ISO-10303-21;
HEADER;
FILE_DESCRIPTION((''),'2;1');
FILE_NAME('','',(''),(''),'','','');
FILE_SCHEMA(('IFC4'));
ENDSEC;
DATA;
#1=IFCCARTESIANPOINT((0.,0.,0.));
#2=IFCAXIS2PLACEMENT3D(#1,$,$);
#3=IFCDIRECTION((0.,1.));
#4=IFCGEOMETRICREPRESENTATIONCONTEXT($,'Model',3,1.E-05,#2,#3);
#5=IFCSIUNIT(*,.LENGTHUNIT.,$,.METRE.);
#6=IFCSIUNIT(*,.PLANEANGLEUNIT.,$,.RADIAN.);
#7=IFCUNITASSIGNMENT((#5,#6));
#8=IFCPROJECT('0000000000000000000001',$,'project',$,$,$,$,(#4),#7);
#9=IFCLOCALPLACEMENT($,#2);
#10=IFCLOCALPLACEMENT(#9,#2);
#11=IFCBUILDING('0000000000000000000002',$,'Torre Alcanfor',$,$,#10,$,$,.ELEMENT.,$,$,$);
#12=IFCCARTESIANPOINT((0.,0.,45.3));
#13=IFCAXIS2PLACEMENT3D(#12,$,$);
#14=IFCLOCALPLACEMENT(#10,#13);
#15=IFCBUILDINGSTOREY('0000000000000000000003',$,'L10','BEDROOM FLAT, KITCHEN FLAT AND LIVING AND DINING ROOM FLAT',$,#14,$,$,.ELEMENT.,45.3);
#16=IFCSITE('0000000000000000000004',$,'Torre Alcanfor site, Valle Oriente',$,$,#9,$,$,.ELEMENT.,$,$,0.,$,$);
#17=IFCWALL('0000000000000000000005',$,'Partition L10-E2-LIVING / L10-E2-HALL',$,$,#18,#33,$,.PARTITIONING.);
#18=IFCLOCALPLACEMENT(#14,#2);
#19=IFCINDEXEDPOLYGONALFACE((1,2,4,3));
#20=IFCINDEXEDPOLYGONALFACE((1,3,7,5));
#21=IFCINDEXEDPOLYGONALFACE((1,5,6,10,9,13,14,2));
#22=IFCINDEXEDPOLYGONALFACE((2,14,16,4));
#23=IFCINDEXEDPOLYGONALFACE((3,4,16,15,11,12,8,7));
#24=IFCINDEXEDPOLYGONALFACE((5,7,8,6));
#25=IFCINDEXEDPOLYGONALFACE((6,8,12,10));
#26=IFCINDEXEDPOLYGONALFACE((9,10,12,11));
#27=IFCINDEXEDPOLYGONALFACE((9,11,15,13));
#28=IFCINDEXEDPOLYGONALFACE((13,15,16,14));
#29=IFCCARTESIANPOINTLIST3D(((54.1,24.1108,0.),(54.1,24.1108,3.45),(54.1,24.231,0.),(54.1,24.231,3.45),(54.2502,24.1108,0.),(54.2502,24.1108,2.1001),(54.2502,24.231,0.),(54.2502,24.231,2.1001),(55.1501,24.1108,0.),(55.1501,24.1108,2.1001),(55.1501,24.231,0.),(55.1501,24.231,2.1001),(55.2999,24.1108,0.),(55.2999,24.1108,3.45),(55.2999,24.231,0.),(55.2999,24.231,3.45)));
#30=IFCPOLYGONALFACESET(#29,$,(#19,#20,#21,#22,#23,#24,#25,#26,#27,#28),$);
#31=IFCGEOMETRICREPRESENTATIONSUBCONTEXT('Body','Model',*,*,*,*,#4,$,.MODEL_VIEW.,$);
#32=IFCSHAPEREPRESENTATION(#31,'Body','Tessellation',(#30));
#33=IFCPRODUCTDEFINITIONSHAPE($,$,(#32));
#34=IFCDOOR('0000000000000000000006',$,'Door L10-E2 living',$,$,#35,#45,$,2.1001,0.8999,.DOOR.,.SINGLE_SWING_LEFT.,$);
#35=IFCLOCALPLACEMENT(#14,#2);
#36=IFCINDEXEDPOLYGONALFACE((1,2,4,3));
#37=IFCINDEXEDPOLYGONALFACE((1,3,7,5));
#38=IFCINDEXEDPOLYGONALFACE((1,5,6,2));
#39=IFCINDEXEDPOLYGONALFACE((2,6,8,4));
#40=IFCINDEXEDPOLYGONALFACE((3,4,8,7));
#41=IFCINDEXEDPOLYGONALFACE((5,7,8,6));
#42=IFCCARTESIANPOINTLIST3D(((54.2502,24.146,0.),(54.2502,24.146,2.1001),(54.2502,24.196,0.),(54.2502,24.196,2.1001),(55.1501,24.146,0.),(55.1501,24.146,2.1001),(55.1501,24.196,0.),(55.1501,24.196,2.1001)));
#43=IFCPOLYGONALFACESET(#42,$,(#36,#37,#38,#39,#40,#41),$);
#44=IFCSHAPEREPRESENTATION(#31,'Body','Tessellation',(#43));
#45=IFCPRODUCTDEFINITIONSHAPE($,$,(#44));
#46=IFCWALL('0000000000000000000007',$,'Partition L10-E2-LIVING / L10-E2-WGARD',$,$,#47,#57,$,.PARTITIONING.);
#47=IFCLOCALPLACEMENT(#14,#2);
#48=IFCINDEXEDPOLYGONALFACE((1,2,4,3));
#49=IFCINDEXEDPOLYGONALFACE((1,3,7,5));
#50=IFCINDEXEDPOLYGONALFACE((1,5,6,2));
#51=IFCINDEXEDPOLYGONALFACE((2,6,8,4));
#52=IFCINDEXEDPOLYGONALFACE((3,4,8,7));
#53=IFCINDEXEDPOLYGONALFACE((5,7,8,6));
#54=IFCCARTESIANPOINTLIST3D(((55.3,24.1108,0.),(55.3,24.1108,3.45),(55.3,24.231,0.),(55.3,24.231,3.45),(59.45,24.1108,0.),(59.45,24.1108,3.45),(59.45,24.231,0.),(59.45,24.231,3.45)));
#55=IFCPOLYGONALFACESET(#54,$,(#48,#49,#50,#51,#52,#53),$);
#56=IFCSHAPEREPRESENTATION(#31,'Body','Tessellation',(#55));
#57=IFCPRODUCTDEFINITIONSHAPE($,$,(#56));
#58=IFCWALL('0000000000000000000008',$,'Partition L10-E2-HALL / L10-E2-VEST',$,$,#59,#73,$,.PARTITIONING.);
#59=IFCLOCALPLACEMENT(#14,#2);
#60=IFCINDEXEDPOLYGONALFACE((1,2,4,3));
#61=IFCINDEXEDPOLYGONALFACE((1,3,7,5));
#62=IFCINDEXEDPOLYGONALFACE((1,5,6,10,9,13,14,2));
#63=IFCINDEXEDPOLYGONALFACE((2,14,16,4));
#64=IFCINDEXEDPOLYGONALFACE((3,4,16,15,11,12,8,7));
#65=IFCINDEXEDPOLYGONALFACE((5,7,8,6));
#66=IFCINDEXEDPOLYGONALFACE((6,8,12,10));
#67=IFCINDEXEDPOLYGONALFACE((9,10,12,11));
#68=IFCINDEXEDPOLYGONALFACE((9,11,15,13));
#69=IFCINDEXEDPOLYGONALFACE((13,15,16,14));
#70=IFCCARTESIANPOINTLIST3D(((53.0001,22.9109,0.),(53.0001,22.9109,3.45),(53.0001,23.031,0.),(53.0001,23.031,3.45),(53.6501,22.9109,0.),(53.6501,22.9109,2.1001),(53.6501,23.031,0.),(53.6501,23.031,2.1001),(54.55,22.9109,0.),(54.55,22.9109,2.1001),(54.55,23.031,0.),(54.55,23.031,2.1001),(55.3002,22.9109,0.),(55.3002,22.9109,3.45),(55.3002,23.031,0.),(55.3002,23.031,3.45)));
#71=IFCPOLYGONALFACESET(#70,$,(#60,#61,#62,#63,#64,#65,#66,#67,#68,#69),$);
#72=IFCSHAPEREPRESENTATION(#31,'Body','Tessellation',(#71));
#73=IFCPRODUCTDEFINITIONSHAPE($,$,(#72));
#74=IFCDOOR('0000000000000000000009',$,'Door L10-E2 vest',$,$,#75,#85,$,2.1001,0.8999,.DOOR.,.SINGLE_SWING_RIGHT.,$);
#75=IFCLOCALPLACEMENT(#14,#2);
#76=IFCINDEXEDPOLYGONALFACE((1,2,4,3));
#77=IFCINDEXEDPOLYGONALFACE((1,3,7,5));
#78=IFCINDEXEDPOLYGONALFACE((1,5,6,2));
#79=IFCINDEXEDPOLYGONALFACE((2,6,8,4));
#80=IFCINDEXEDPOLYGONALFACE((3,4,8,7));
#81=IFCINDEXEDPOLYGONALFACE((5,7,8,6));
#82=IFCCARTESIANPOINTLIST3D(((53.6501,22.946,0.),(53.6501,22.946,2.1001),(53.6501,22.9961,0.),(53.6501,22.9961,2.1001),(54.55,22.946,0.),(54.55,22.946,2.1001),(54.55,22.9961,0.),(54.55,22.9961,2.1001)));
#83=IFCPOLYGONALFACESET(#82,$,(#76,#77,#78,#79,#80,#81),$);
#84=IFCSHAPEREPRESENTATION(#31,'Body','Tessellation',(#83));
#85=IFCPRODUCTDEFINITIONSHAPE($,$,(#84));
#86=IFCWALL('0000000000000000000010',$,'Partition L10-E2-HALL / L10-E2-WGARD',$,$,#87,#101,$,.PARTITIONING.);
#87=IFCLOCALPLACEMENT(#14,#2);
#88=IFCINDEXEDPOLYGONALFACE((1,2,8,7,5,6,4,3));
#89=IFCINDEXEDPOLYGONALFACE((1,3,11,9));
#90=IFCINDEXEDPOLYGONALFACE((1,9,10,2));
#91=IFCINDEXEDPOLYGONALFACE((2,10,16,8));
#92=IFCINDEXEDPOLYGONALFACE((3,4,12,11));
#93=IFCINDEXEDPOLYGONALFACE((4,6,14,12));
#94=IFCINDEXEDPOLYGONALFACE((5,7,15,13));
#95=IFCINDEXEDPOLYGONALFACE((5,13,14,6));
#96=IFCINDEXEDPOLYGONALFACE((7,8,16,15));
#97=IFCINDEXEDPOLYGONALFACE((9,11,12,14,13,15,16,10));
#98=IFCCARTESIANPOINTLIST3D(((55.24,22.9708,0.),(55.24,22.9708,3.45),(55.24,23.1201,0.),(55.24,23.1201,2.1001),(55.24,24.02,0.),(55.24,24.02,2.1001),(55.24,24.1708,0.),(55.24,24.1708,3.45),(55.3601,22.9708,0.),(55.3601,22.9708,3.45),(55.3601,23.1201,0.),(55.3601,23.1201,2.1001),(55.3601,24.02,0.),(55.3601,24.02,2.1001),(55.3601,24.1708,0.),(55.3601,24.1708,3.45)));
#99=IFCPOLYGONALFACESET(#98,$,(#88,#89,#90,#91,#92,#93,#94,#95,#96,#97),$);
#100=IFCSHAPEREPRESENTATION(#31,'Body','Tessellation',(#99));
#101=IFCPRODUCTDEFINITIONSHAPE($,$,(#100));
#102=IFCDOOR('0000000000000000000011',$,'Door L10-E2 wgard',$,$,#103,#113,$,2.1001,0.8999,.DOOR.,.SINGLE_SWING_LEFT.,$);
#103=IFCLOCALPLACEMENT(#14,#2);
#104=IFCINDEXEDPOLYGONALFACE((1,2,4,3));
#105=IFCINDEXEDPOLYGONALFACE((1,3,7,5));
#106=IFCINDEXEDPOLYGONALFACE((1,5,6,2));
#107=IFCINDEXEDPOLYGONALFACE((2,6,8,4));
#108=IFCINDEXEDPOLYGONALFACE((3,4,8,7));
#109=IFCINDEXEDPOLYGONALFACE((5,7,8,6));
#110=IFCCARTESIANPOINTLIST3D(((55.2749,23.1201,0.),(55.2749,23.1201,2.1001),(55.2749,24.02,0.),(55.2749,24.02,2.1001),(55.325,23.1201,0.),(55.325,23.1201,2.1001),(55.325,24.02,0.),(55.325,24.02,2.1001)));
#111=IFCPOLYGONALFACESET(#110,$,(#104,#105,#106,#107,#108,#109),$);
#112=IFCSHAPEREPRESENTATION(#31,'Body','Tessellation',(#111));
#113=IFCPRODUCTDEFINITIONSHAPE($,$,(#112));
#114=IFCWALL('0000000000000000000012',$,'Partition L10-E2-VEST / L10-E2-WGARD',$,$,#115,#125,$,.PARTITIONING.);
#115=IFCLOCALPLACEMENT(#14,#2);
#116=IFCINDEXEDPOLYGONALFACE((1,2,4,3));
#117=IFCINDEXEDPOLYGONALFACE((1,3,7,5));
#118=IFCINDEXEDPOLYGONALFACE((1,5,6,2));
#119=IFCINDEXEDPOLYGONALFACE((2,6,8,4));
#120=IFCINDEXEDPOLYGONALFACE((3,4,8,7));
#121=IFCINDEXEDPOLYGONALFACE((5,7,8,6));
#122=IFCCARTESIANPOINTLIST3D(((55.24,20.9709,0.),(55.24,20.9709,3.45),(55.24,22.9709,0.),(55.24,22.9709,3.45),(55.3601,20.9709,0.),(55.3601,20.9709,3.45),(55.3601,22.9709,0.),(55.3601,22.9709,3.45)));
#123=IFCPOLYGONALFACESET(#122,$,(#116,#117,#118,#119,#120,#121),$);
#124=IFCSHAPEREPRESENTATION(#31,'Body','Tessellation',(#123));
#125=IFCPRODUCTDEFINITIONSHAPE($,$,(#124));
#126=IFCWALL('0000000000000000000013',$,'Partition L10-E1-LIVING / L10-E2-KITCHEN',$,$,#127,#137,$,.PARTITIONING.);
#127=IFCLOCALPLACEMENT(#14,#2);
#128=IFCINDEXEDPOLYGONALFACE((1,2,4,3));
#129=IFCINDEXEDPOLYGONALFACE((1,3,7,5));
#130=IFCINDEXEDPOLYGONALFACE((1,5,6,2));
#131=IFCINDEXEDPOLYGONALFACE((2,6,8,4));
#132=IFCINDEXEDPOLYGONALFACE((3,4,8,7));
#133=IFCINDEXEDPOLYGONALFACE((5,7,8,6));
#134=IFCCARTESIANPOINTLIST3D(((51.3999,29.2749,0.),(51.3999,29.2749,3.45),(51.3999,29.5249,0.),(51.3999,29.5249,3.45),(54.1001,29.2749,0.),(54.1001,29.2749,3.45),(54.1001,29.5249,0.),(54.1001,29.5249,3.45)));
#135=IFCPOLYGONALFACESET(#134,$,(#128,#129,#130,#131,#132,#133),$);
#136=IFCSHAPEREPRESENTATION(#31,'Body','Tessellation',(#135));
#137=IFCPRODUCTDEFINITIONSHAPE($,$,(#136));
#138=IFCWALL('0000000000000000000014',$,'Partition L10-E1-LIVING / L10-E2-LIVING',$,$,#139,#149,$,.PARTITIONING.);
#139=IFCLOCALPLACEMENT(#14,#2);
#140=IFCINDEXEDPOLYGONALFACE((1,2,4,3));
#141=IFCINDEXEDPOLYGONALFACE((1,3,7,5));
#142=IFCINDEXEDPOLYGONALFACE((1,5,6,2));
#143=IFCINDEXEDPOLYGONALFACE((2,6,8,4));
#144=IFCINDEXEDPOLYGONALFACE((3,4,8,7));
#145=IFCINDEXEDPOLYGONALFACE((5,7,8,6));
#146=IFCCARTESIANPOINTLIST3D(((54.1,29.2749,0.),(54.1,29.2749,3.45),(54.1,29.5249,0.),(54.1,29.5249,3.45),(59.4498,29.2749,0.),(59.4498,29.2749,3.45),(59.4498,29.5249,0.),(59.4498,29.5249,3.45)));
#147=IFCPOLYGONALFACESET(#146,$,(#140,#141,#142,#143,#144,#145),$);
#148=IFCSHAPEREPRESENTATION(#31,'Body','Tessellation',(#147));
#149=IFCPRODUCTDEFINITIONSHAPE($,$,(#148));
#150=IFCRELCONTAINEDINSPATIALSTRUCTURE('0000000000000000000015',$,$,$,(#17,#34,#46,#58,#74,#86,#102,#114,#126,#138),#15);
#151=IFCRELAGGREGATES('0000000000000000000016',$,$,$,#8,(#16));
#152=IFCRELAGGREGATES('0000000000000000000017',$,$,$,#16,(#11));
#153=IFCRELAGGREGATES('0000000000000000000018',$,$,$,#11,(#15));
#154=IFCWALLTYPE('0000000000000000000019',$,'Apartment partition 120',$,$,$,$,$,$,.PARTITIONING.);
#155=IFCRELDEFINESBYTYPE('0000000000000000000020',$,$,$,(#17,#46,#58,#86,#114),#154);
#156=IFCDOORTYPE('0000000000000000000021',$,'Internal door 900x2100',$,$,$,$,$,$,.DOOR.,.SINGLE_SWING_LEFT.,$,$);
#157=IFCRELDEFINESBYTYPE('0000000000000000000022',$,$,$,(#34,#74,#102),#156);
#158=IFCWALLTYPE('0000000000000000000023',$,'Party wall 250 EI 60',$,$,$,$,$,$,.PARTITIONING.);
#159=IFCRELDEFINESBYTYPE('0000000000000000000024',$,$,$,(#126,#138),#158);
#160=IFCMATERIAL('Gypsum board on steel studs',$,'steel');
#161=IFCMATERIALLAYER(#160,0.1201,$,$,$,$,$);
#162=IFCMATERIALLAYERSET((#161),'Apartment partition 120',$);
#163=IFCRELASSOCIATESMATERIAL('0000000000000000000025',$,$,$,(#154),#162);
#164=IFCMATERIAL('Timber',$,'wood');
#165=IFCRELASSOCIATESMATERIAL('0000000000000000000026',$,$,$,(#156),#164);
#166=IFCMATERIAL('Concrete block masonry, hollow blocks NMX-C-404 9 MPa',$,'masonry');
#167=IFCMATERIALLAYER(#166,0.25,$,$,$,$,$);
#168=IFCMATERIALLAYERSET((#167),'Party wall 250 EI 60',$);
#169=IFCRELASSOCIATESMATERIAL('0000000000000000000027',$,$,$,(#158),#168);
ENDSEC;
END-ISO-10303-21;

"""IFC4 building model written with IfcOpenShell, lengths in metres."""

from ifc_helpers import new_model, si_unit, direction, frame, frame_2d, origin, place, context, subcontext, project, spatial, rectangle, extrude, material, layer, layer_set, type_object, element, fill, save


model = new_model("IFC4")

# Units and contexts
model_context = context("Model", 3, precision=1e-05, world=origin(), true_north=direction((0.0, 1.0)))
body_context = subcontext(model_context, "Body", "Model", "MODEL_VIEW")
ifc_project = project(units=[si_unit("LENGTHUNIT", "METRE"), si_unit("PLANEANGLEUNIT", "RADIAN")], contexts=[model_context])

# Site, building, storey
site_placement = place(None, origin())
site = spatial("IfcSite", under=ifc_project, at=site_placement, Name="Torre Alcanfor site, Valle Oriente", CompositionType="ELEMENT", RefElevation=0.0)
building_placement = place(site_placement, origin())
building = spatial("IfcBuilding", under=site, at=building_placement, Name="Torre Alcanfor", CompositionType="ELEMENT")
storey_placement = place(building_placement, frame((0.0, 0.0, 45.3)))
storey = spatial("IfcBuildingStorey", under=building, at=storey_placement, Name="L10", Description="BEDROOM FLAT, KITCHEN FLAT AND LIVING AND DINING ROOM FLAT", CompositionType="ELEMENT", Elevation=45.3)

# Shared definitions
ifc_material_1 = material(Name="Gypsum board on steel studs", Category="steel")
ifc_layer_1 = layer(ifc_material_1, 0.1201)
ifc_layer_set_1 = layer_set([ifc_layer_1], Name="Apartment partition 120")
wall_type_1 = type_object("IfcWallType", Name="Apartment partition 120", PredefinedType="PARTITIONING", material=ifc_layer_set_1)

# Shared definitions
ifc_material_2 = material(Name="Timber", Category="wood")
door_type = type_object("IfcDoorType", Name="Internal door 900x2100", OperationType="SINGLE_SWING_LEFT", PredefinedType="DOOR", material=ifc_material_2)

# Wall, opening, door
wall_1_placement = place(storey_placement, frame((55.3, 24.1709, 0.0), z_axis=(0.0, 0.0, 1.0), x_axis=(-1.0, 0.0, 0.0)))
wall_1 = element("IfcWall", 1, at=wall_1_placement, inside=storey, type_object=wall_type_1, Name="Partition L10-E2-LIVING / L10-E2-HALL", PredefinedType="PARTITIONING", context=body_context, shape_type="SweptSolid", body=[
    extrude(rectangle(XDim=1.2, YDim=0.1201, at=frame_2d((0.6001, 0.0))), origin(), (0.0, 0.0, 1.0), 3.45),
])
opening_1_placement = place(wall_1_placement, frame((0.1499, 0.0, 0.0)))
opening_1 = element("IfcOpeningElement", 2, at=opening_1_placement, cuts=wall_1, PredefinedType="OPENING", context=body_context, shape_type="SweptSolid", body=[
    extrude(rectangle(XDim=0.8999, YDim=2.1001, at=frame_2d((0.45, 1.05))), frame((0.0, 0.0701, 0.0), z_axis=(0.0, -1.0, 0.0), x_axis=(1.0, 0.0, 0.0)), (0.0, 0.0, 1.0), 0.1401),
])
door_1_placement = place(opening_1_placement, frame((0.8999, 0.0, 0.0), z_axis=(0.0, 0.0, 1.0), x_axis=(-1.0, 0.0, 0.0)))
door_1 = element("IfcDoor", 3, at=door_1_placement, inside=storey, type_object=door_type, Name="Door L10-E2 living", OperationType="SINGLE_SWING_LEFT", OverallHeight=2.1001, OverallWidth=0.8999, PredefinedType="DOOR", context=body_context, shape_type="SweptSolid", body=[
    extrude(rectangle(XDim=0.8999, YDim=2.1001, at=frame_2d((0.45, 1.05))), frame((0.0, 0.0251, 0.0), z_axis=(0.0, -1.0, 0.0), x_axis=(1.0, 0.0, 0.0)), (0.0, 0.0, 1.0), 0.05),
])
fill(opening_1, door_1)

# Wall
wall_2_placement = place(storey_placement, frame((59.45, 24.1709, 0.0), z_axis=(0.0, 0.0, 1.0), x_axis=(-1.0, 0.0, 0.0)))
element("IfcWall", 4, at=wall_2_placement, inside=storey, type_object=wall_type_1, Name="Partition L10-E2-LIVING / L10-E2-WGARD", PredefinedType="PARTITIONING", context=body_context, shape_type="SweptSolid", body=[
    extrude(rectangle(XDim=4.1499, YDim=0.1201, at=frame_2d((2.075, 0.0))), origin(), (0.0, 0.0, 1.0), 3.45),
])

# Walls, openings, doors
wall_3_placement = place(storey_placement, frame((55.3, 22.9709, 0.0), z_axis=(0.0, 0.0, 1.0), x_axis=(-1.0, 0.0, 0.0)))
wall_3 = element("IfcWall", 5, at=wall_3_placement, inside=storey, type_object=wall_type_1, Name="Partition L10-E2-HALL / L10-E2-VEST", PredefinedType="PARTITIONING", context=body_context, shape_type="SweptSolid", body=[
    extrude(rectangle(XDim=2.3, YDim=0.1201, at=frame_2d((1.1499, 0.0))), origin(), (0.0, 0.0, 1.0), 3.45),
])
opening_2_placement = place(wall_3_placement, frame((0.75, 0.0, 0.0)))
opening_2 = element("IfcOpeningElement", 6, at=opening_2_placement, cuts=wall_3, PredefinedType="OPENING", context=body_context, shape_type="SweptSolid", body=[
    extrude(rectangle(XDim=0.8999, YDim=2.1001, at=frame_2d((0.45, 1.05))), frame((0.0, 0.0701, 0.0), z_axis=(0.0, -1.0, 0.0), x_axis=(1.0, 0.0, 0.0)), (0.0, 0.0, 1.0), 0.1401),
])
door_2_placement = place(opening_2_placement, origin())
door_2 = element("IfcDoor", 7, at=door_2_placement, inside=storey, type_object=door_type, Name="Door L10-E2 vest", OperationType="SINGLE_SWING_RIGHT", OverallHeight=2.1001, OverallWidth=0.8999, PredefinedType="DOOR", context=body_context, shape_type="SweptSolid", body=[
    extrude(rectangle(XDim=0.8999, YDim=2.1001, at=frame_2d((0.45, 1.05))), frame((0.0, 0.0249, 0.0), z_axis=(0.0, -1.0, 0.0), x_axis=(1.0, 0.0, 0.0)), (0.0, 0.0, 1.0), 0.05),
])
fill(opening_2, door_2)
wall_4_placement = place(storey_placement, frame((55.3, 24.1709, 0.0), z_axis=(0.0, 0.0, 1.0), x_axis=(0.0, -1.0, 0.0)))
wall_4 = element("IfcWall", 8, at=wall_4_placement, inside=storey, type_object=wall_type_1, Name="Partition L10-E2-HALL / L10-E2-WGARD", PredefinedType="PARTITIONING", context=body_context, shape_type="SweptSolid", body=[
    extrude(rectangle(XDim=1.2, YDim=0.1201, at=frame_2d((0.6001, 0.0))), origin(), (0.0, 0.0, 1.0), 3.45),
])
opening_3_placement = place(wall_4_placement, frame((0.1509, 0.0, 0.0)))
opening_3 = element("IfcOpeningElement", 9, at=opening_3_placement, cuts=wall_4, PredefinedType="OPENING", context=body_context, shape_type="SweptSolid", body=[
    extrude(rectangle(XDim=0.8999, YDim=2.1001, at=frame_2d((0.45, 1.05))), frame((0.0, 0.0701, 0.0), z_axis=(0.0, -1.0, 0.0), x_axis=(1.0, 0.0, 0.0)), (0.0, 0.0, 1.0), 0.1401),
])
door_3_placement = place(opening_3_placement, origin())
door_3 = element("IfcDoor", 10, at=door_3_placement, inside=storey, type_object=door_type, Name="Door L10-E2 wgard", OperationType="SINGLE_SWING_LEFT", OverallHeight=2.1001, OverallWidth=0.8999, PredefinedType="DOOR", context=body_context, shape_type="SweptSolid", body=[
    extrude(rectangle(XDim=0.8999, YDim=2.1001, at=frame_2d((0.45, 1.05))), frame((0.0, 0.0249, 0.0), z_axis=(0.0, -1.0, 0.0), x_axis=(1.0, 0.0, 0.0)), (0.0, 0.0, 1.0), 0.05),
])
fill(opening_3, door_3)

# Walls
wall_5_placement = place(storey_placement, frame((55.3, 22.9709, 0.0), z_axis=(0.0, 0.0, 1.0), x_axis=(0.0, -1.0, 0.0)))
element("IfcWall", 11, at=wall_5_placement, inside=storey, type_object=wall_type_1, Name="Partition L10-E2-VEST / L10-E2-WGARD", PredefinedType="PARTITIONING", context=body_context, shape_type="SweptSolid", body=[
    extrude(rectangle(XDim=2.0, YDim=0.1201, at=frame_2d((1.0, 0.0))), origin(), (0.0, 0.0, 1.0), 3.45),
])
ifc_material_3 = material(Name="Concrete block masonry, hollow blocks NMX-C-404 9 MPa", Category="masonry")
ifc_layer_2 = layer(ifc_material_3, 0.25)
ifc_layer_set_2 = layer_set([ifc_layer_2], Name="Party wall 250 EI 60")
wall_type_2 = type_object("IfcWallType", Name="Party wall 250 EI 60", PredefinedType="PARTITIONING", material=ifc_layer_set_2)
wall_6_placement = place(storey_placement, frame((51.3999, 29.3999, 0.0), z_axis=(0.0, 0.0, 1.0), x_axis=(1.0, 0.0, 0.0)))
element("IfcWall", 12, at=wall_6_placement, inside=storey, type_object=wall_type_2, Name="Partition L10-E1-LIVING / L10-E2-KITCHEN", PredefinedType="PARTITIONING", context=body_context, shape_type="SweptSolid", body=[
    extrude(rectangle(XDim=2.7002, YDim=0.25, at=frame_2d((1.3501, 0.0))), origin(), (0.0, 0.0, 1.0), 3.45),
])
wall_7_placement = place(storey_placement, frame((54.1001, 29.3999, 0.0), z_axis=(0.0, 0.0, 1.0), x_axis=(1.0, 0.0, 0.0)))
element("IfcWall", 13, at=wall_7_placement, inside=storey, type_object=wall_type_2, Name="Partition L10-E1-LIVING / L10-E2-LIVING", PredefinedType="PARTITIONING", context=body_context, shape_type="SweptSolid", body=[
    extrude(rectangle(XDim=5.3499, YDim=0.25, at=frame_2d((2.6748, 0.0))), origin(), (0.0, 0.0, 1.0), 3.45),
])

save(model, "model.ifc")
